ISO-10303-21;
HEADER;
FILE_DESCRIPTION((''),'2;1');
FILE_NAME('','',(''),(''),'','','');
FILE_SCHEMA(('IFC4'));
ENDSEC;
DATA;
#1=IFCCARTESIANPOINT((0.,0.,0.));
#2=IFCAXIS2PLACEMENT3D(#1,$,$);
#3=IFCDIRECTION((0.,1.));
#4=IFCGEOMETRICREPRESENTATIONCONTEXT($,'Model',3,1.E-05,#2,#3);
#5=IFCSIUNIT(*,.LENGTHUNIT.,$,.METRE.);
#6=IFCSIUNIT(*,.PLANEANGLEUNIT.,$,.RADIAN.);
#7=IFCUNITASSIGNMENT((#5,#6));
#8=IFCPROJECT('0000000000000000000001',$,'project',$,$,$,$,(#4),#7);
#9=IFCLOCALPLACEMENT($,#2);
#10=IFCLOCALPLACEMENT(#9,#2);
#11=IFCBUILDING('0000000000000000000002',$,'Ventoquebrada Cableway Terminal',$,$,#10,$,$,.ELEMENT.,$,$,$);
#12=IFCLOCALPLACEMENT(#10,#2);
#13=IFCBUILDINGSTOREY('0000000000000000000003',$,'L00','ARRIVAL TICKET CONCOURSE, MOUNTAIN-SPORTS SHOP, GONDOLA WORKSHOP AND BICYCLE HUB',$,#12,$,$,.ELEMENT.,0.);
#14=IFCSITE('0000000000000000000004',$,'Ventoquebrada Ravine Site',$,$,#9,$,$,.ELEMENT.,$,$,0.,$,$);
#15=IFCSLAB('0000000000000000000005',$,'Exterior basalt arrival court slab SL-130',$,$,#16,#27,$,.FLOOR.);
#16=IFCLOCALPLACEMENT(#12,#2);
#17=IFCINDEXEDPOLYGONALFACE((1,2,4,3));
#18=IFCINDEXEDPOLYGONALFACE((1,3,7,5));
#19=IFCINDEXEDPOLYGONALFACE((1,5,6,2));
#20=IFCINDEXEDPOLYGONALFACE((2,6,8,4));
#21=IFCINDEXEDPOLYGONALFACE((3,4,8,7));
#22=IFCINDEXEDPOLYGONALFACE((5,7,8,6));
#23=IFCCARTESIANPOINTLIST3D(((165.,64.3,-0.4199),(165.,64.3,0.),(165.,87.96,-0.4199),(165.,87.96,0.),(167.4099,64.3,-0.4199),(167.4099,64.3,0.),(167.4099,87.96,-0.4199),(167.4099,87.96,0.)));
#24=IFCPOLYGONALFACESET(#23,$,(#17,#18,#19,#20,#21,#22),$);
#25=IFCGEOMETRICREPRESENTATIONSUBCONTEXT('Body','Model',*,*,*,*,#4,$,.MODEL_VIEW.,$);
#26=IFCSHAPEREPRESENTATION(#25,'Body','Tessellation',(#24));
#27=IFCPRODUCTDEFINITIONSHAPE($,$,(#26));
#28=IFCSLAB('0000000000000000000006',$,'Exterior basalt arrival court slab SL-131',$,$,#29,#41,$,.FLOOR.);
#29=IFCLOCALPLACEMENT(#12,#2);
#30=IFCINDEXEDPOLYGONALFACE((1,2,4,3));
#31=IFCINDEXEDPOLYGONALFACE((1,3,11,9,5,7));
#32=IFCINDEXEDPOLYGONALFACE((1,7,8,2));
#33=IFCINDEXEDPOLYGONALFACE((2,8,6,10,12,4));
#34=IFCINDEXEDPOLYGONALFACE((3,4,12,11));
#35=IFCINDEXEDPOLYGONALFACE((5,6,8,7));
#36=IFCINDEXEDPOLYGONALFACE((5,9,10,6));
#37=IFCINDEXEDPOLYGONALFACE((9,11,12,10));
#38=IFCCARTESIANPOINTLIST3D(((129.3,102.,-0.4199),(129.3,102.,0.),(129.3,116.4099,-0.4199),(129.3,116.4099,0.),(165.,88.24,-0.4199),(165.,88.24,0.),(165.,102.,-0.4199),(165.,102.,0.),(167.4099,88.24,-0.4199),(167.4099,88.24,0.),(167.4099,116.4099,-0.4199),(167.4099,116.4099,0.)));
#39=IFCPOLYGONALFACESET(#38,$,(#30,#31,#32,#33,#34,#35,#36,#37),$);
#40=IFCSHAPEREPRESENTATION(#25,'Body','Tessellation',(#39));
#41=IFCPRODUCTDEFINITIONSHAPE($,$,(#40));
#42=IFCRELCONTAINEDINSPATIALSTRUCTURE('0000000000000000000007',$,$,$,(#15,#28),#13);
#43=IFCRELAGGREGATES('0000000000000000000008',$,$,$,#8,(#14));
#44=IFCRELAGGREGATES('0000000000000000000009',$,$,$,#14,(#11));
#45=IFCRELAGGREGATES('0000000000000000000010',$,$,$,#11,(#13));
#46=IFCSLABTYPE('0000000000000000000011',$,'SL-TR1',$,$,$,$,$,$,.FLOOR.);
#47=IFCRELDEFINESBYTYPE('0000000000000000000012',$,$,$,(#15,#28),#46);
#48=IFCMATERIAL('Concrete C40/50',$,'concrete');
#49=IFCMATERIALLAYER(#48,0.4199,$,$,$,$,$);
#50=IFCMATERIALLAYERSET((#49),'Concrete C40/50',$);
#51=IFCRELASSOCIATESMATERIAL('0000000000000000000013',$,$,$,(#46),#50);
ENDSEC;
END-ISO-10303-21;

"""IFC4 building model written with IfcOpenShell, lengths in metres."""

from ifc_helpers import new_model, si_unit, direction, frame, origin, place, context, subcontext, project, spatial, polyline, outline, extrude, material, layer, layer_set, type_object, element, save


model = new_model("IFC4")

# Units and contexts
model_context = context("Model", 3, precision=1e-05, world=origin(), true_north=direction((0.0, 1.0)))
body_context = subcontext(model_context, "Body", "Model", "MODEL_VIEW")
ifc_project = project(units=[si_unit("LENGTHUNIT", "METRE"), si_unit("PLANEANGLEUNIT", "RADIAN")], contexts=[model_context])

# Site, building, storey
site_placement = place(None, origin())
site = spatial("IfcSite", under=ifc_project, at=site_placement, Name="Ventoquebrada Ravine Site", CompositionType="ELEMENT", RefElevation=0.0)
building_placement = place(site_placement, origin())
building = spatial("IfcBuilding", under=site, at=building_placement, Name="Ventoquebrada Cableway Terminal", CompositionType="ELEMENT")
storey_placement = place(building_placement, origin())
storey = spatial("IfcBuildingStorey", under=building, at=storey_placement, Name="L00", Description="ARRIVAL TICKET CONCOURSE, MOUNTAIN-SPORTS SHOP, GONDOLA WORKSHOP AND BICYCLE HUB", CompositionType="ELEMENT", Elevation=0.0)

# Shared definitions
ifc_material = material(Name="Concrete C40/50", Category="concrete")

# Slabs
ifc_layer_1 = layer(ifc_material, 0.4199)
ifc_layer_set_1 = layer_set([ifc_layer_1], Name="Concrete C40/50")
slab_type_1 = type_object("IfcSlabType", Name="SL-TR1", PredefinedType="FLOOR", material=ifc_layer_set_1)
slab_1_placement = place(storey_placement, frame((0.0, 0.0, -0.4199)))
element("IfcSlab", 1, at=slab_1_placement, inside=storey, type_object=slab_type_1, Name="Exterior basalt arrival court slab SL-130", PredefinedType="FLOOR", context=body_context, shape_type="SweptSolid", body=[
    extrude(outline(polyline([(165.0, 87.96), (165.0, 64.3), (167.4099, 64.3), (167.4099, 87.96), (165.0, 87.96)])), origin(), (0.0, 0.0, 1.0), 0.4199),
])
slab_2_placement = place(storey_placement, frame((0.0, 0.0, -0.4199)))
element("IfcSlab", 2, at=slab_2_placement, inside=storey, type_object=slab_type_1, Name="Exterior basalt arrival court slab SL-131", PredefinedType="FLOOR", context=body_context, shape_type="SweptSolid", body=[
    extrude(outline(polyline([(129.3, 116.4099), (129.3, 102.0), (165.0, 102.0), (165.0, 88.24), (167.4099, 88.24), (167.4099, 116.4099), (129.3, 116.4099)])), origin(), (0.0, 0.0, 1.0), 0.4199),
])

save(model, "model.ifc")
